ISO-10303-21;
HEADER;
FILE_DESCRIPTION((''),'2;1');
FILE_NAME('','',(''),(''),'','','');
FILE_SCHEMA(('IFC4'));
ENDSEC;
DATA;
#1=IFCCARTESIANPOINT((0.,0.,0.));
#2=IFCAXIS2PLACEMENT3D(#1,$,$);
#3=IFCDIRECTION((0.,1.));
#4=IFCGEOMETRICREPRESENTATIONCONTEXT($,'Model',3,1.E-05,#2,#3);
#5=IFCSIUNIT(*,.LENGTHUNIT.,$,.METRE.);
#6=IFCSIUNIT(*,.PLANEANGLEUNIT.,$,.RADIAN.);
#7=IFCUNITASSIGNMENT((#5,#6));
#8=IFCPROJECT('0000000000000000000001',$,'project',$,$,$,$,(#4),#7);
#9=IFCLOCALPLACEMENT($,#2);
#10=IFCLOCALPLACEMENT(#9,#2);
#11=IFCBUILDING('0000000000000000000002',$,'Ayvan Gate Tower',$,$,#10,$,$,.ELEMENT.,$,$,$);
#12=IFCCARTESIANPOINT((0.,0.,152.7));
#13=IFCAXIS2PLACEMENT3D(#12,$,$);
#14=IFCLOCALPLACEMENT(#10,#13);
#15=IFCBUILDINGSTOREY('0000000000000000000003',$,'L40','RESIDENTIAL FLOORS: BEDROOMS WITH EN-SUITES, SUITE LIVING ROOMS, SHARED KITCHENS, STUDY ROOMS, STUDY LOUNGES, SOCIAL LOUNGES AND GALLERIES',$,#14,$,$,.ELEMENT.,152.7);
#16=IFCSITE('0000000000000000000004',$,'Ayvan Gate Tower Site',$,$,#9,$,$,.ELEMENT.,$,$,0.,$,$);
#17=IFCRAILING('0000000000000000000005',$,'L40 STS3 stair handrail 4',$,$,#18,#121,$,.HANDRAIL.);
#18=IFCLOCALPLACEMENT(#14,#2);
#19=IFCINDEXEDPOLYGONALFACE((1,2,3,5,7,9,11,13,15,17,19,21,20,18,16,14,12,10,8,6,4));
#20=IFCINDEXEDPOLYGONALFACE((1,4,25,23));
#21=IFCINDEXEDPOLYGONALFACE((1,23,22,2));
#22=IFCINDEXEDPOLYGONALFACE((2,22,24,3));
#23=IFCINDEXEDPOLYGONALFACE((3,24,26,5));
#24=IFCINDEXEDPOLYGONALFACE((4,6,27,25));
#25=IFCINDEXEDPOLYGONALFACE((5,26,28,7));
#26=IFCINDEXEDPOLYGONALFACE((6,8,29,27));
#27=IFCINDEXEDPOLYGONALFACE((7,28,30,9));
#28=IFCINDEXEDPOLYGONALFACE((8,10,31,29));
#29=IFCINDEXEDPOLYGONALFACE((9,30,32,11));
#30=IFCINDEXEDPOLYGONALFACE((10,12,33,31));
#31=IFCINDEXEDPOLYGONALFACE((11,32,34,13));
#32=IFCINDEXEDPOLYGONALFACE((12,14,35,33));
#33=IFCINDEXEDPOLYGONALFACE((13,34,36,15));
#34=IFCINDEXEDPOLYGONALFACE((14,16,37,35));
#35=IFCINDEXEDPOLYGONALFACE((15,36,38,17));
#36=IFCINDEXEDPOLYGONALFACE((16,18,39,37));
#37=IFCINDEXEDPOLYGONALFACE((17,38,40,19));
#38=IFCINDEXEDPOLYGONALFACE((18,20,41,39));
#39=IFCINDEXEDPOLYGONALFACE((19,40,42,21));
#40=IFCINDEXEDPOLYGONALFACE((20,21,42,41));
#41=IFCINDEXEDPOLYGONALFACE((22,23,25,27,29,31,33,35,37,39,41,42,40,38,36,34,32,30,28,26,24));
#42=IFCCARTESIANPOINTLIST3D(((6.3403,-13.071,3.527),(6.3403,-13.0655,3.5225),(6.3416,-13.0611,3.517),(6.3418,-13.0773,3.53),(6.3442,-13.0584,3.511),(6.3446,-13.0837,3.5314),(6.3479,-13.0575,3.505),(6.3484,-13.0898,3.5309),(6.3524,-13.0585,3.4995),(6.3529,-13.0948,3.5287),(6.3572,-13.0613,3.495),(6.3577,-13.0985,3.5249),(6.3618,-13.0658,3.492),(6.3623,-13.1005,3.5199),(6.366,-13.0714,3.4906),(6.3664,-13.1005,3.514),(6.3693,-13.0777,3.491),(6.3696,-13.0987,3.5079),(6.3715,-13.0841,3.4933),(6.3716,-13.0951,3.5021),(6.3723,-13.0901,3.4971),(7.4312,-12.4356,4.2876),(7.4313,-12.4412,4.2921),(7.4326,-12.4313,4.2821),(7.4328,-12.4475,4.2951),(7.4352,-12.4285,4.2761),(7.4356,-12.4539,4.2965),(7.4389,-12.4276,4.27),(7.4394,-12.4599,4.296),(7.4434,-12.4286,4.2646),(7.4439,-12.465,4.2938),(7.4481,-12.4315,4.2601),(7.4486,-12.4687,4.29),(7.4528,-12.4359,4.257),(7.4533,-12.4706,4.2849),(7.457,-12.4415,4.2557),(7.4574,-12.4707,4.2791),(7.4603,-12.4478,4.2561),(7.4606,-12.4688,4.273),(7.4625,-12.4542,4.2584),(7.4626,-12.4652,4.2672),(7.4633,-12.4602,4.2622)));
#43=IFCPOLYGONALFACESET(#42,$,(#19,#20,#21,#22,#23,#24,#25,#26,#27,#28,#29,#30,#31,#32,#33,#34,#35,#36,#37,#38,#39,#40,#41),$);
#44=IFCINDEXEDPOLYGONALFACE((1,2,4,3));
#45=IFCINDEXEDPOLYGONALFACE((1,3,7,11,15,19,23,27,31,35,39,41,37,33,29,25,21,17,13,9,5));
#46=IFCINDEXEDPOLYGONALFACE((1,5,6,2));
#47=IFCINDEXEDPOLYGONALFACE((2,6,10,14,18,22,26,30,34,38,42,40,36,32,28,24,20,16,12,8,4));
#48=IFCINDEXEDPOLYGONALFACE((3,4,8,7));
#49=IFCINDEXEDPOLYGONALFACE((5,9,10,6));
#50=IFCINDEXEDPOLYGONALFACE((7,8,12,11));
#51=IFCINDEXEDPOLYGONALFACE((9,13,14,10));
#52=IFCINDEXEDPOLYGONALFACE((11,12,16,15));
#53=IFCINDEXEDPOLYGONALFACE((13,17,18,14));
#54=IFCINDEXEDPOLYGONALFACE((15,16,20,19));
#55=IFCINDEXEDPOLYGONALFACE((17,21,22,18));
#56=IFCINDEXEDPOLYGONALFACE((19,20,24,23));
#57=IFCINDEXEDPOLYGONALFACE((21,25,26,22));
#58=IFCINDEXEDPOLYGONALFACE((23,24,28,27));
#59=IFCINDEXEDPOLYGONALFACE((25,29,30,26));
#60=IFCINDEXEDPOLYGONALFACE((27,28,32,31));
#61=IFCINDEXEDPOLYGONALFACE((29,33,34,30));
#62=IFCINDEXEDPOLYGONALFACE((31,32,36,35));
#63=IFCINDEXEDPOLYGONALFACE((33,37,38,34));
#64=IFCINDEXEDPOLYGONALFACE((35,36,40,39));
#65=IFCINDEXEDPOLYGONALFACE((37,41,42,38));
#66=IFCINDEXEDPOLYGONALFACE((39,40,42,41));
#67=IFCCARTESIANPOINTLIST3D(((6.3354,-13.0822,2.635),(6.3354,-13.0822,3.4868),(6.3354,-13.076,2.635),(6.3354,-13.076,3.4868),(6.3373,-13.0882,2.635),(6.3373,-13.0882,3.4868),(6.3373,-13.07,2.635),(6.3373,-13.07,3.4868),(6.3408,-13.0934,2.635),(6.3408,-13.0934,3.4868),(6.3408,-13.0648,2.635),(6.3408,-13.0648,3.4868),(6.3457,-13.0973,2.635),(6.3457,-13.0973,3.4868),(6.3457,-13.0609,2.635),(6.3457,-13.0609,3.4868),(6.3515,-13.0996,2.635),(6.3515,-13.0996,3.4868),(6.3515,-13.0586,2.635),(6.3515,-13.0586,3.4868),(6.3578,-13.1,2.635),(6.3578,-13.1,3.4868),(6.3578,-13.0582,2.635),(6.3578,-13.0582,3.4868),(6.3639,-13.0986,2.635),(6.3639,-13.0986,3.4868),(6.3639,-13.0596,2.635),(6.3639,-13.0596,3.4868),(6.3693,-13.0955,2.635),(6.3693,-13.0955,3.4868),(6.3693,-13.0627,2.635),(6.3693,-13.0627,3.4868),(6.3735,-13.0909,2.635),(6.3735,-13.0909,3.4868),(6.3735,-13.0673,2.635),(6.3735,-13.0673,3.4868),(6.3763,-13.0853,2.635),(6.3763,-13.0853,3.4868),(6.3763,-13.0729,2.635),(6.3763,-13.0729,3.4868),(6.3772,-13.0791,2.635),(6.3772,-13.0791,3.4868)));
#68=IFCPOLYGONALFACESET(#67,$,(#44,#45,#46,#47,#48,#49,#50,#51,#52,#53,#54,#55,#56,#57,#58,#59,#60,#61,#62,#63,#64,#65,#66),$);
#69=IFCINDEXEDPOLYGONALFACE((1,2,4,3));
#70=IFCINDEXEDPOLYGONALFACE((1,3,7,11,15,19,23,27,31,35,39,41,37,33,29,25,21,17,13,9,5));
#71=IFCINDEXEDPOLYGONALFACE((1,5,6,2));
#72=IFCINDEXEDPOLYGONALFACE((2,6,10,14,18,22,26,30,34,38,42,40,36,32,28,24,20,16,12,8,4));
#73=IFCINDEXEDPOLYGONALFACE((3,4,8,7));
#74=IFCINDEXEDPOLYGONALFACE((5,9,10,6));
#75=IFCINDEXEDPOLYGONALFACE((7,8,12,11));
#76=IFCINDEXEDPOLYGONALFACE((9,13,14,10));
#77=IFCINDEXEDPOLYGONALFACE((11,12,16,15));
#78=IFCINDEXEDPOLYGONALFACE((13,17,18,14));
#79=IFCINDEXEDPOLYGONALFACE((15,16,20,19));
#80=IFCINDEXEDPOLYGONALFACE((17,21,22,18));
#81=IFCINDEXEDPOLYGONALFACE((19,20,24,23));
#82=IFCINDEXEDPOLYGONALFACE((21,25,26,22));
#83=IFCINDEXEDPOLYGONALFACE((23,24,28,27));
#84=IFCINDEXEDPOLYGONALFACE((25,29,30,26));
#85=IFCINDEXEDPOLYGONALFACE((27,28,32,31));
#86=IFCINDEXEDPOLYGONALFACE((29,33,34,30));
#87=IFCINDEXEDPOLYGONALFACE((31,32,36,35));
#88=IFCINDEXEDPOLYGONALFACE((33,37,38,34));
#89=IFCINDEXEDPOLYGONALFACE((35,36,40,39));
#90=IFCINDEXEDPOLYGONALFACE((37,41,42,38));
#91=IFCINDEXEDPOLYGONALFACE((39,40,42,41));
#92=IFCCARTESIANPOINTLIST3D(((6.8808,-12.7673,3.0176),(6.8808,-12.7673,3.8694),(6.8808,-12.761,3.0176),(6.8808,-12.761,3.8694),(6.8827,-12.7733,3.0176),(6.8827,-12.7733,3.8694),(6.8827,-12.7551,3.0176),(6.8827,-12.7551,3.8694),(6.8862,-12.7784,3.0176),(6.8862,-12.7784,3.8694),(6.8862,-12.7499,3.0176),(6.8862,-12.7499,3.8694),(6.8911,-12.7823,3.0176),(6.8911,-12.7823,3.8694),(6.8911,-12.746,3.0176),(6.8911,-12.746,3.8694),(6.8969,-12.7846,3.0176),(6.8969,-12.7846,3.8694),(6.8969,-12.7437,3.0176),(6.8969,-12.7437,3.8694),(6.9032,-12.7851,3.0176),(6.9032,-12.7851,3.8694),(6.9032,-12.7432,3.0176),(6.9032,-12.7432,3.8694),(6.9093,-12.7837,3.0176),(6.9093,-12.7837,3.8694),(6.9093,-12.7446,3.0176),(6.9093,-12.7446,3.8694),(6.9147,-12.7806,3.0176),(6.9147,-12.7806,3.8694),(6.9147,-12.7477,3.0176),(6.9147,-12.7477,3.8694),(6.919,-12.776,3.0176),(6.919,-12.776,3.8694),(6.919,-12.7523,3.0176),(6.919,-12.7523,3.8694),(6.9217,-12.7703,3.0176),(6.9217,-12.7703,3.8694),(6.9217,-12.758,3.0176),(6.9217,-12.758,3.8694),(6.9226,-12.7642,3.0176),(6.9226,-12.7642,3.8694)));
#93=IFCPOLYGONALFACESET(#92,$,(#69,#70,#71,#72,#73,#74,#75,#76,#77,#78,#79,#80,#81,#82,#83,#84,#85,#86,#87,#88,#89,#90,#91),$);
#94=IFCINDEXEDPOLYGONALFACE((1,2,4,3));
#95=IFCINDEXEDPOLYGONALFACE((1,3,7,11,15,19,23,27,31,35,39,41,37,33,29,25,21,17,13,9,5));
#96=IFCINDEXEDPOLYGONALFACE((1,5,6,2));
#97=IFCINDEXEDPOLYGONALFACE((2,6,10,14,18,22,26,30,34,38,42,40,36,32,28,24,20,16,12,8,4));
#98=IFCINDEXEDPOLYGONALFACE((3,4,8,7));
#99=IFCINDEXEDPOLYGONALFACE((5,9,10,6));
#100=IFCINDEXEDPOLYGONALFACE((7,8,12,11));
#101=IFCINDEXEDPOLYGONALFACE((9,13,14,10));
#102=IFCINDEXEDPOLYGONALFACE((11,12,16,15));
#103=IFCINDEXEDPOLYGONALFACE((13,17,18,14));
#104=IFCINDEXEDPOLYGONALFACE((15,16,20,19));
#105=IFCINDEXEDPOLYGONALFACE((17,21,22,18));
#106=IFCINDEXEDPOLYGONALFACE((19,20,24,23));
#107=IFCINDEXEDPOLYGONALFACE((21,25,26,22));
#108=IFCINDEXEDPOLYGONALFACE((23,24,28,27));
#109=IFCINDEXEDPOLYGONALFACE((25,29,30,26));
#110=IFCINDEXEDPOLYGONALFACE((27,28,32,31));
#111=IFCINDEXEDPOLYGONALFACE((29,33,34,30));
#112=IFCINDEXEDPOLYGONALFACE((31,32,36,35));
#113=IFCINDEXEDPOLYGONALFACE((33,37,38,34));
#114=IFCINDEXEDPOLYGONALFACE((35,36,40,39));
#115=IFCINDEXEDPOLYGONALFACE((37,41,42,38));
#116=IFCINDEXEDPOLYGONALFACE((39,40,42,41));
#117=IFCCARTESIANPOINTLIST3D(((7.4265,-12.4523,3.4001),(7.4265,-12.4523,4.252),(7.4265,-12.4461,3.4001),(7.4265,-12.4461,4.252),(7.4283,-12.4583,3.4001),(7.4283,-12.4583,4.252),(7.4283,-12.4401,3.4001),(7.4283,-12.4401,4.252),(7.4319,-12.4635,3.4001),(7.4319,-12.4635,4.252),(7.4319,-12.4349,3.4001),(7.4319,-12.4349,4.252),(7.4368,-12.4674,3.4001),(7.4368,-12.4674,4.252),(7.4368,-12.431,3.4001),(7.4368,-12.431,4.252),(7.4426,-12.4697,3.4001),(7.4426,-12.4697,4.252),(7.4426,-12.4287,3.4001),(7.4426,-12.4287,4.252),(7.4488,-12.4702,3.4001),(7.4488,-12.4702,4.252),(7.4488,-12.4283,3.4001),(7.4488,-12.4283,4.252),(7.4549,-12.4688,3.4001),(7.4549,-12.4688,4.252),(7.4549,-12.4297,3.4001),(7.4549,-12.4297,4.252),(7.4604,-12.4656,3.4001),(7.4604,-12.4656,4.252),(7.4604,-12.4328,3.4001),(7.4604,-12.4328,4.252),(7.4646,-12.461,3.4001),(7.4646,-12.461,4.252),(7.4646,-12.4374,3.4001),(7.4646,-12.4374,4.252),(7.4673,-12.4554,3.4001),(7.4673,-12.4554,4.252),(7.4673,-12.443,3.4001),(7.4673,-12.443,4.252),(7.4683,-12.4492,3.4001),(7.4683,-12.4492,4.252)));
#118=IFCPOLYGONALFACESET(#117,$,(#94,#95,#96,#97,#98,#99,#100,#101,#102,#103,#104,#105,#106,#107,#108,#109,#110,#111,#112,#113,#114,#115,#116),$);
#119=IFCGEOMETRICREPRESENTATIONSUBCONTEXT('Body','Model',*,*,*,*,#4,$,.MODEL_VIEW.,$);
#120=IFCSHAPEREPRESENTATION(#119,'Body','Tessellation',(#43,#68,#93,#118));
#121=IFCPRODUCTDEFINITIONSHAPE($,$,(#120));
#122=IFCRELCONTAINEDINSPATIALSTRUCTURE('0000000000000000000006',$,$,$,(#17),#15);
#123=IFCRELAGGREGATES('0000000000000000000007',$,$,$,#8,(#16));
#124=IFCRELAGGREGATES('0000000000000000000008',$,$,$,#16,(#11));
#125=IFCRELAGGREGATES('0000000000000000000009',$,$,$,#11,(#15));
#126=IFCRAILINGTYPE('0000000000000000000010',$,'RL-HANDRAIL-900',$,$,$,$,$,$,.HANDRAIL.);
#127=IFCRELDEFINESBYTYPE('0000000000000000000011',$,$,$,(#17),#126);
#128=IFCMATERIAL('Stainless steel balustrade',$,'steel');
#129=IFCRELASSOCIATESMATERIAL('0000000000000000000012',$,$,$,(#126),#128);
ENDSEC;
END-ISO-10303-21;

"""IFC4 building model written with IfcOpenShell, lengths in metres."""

from ifc_helpers import new_model, si_unit, direction, frame, origin, origin_2d, place, context, subcontext, project, spatial, circle, extrude, material, type_object, element, save


model = new_model("IFC4")

# Units and contexts
model_context = context("Model", 3, precision=1e-05, world=origin(), true_north=direction((0.0, 1.0)))
body_context = subcontext(model_context, "Body", "Model", "MODEL_VIEW")
ifc_project = project(units=[si_unit("LENGTHUNIT", "METRE"), si_unit("PLANEANGLEUNIT", "RADIAN")], contexts=[model_context])

# Site, building, storey
site_placement = place(None, origin())
site = spatial("IfcSite", under=ifc_project, at=site_placement, Name="Ayvan Gate Tower Site", CompositionType="ELEMENT", RefElevation=0.0)
building_placement = place(site_placement, origin())
building = spatial("IfcBuilding", under=site, at=building_placement, Name="Ayvan Gate Tower", CompositionType="ELEMENT")
storey_placement = place(building_placement, frame((0.0, 0.0, 152.7)))
storey = spatial("IfcBuildingStorey", under=building, at=storey_placement, Name="L40", Description="RESIDENTIAL FLOORS: BEDROOMS WITH EN-SUITES, SUITE LIVING ROOMS, SHARED KITCHENS, STUDY ROOMS, STUDY LOUNGES, SOCIAL LOUNGES AND GALLERIES", CompositionType="ELEMENT", Elevation=152.7)

# Railing
ifc_material_1 = material(Name="Stainless steel balustrade", Category="steel")
railing_type = type_object("IfcRailingType", Name="RL-HANDRAIL-900", PredefinedType="HANDRAIL", material=ifc_material_1)
railing_placement = place(storey_placement, frame((6.3562, -13.0791, 2.635)))
element("IfcRailing", 1, at=railing_placement, inside=storey, type_object=railing_type, Name="L40 STS3 stair handrail 4", PredefinedType="HANDRAIL", context=body_context, shape_type="SweptSolid", body=[
    extrude(circle(Radius=0.0239, at=origin_2d()), frame((0.0, 0.0, 0.876), z_axis=(0.740218, 0.427336, 0.519097), x_axis=(-0.499974, 0.86604, 0.0)), (0.0, 0.0, 1.0), 1.4739),
    extrude(circle(Radius=0.021, at=origin_2d()), origin(), (0.0, 0.0, 1.0), 0.8518),
    extrude(circle(Radius=0.021, at=origin_2d()), frame((0.5454, 0.3149, 0.3826)), (0.0, 0.0, 1.0), 0.8518),
    extrude(circle(Radius=0.021, at=origin_2d()), frame((1.0911, 0.6299, 0.7651)), (0.0, 0.0, 1.0), 0.8518),
])

save(model, "model.ifc")
